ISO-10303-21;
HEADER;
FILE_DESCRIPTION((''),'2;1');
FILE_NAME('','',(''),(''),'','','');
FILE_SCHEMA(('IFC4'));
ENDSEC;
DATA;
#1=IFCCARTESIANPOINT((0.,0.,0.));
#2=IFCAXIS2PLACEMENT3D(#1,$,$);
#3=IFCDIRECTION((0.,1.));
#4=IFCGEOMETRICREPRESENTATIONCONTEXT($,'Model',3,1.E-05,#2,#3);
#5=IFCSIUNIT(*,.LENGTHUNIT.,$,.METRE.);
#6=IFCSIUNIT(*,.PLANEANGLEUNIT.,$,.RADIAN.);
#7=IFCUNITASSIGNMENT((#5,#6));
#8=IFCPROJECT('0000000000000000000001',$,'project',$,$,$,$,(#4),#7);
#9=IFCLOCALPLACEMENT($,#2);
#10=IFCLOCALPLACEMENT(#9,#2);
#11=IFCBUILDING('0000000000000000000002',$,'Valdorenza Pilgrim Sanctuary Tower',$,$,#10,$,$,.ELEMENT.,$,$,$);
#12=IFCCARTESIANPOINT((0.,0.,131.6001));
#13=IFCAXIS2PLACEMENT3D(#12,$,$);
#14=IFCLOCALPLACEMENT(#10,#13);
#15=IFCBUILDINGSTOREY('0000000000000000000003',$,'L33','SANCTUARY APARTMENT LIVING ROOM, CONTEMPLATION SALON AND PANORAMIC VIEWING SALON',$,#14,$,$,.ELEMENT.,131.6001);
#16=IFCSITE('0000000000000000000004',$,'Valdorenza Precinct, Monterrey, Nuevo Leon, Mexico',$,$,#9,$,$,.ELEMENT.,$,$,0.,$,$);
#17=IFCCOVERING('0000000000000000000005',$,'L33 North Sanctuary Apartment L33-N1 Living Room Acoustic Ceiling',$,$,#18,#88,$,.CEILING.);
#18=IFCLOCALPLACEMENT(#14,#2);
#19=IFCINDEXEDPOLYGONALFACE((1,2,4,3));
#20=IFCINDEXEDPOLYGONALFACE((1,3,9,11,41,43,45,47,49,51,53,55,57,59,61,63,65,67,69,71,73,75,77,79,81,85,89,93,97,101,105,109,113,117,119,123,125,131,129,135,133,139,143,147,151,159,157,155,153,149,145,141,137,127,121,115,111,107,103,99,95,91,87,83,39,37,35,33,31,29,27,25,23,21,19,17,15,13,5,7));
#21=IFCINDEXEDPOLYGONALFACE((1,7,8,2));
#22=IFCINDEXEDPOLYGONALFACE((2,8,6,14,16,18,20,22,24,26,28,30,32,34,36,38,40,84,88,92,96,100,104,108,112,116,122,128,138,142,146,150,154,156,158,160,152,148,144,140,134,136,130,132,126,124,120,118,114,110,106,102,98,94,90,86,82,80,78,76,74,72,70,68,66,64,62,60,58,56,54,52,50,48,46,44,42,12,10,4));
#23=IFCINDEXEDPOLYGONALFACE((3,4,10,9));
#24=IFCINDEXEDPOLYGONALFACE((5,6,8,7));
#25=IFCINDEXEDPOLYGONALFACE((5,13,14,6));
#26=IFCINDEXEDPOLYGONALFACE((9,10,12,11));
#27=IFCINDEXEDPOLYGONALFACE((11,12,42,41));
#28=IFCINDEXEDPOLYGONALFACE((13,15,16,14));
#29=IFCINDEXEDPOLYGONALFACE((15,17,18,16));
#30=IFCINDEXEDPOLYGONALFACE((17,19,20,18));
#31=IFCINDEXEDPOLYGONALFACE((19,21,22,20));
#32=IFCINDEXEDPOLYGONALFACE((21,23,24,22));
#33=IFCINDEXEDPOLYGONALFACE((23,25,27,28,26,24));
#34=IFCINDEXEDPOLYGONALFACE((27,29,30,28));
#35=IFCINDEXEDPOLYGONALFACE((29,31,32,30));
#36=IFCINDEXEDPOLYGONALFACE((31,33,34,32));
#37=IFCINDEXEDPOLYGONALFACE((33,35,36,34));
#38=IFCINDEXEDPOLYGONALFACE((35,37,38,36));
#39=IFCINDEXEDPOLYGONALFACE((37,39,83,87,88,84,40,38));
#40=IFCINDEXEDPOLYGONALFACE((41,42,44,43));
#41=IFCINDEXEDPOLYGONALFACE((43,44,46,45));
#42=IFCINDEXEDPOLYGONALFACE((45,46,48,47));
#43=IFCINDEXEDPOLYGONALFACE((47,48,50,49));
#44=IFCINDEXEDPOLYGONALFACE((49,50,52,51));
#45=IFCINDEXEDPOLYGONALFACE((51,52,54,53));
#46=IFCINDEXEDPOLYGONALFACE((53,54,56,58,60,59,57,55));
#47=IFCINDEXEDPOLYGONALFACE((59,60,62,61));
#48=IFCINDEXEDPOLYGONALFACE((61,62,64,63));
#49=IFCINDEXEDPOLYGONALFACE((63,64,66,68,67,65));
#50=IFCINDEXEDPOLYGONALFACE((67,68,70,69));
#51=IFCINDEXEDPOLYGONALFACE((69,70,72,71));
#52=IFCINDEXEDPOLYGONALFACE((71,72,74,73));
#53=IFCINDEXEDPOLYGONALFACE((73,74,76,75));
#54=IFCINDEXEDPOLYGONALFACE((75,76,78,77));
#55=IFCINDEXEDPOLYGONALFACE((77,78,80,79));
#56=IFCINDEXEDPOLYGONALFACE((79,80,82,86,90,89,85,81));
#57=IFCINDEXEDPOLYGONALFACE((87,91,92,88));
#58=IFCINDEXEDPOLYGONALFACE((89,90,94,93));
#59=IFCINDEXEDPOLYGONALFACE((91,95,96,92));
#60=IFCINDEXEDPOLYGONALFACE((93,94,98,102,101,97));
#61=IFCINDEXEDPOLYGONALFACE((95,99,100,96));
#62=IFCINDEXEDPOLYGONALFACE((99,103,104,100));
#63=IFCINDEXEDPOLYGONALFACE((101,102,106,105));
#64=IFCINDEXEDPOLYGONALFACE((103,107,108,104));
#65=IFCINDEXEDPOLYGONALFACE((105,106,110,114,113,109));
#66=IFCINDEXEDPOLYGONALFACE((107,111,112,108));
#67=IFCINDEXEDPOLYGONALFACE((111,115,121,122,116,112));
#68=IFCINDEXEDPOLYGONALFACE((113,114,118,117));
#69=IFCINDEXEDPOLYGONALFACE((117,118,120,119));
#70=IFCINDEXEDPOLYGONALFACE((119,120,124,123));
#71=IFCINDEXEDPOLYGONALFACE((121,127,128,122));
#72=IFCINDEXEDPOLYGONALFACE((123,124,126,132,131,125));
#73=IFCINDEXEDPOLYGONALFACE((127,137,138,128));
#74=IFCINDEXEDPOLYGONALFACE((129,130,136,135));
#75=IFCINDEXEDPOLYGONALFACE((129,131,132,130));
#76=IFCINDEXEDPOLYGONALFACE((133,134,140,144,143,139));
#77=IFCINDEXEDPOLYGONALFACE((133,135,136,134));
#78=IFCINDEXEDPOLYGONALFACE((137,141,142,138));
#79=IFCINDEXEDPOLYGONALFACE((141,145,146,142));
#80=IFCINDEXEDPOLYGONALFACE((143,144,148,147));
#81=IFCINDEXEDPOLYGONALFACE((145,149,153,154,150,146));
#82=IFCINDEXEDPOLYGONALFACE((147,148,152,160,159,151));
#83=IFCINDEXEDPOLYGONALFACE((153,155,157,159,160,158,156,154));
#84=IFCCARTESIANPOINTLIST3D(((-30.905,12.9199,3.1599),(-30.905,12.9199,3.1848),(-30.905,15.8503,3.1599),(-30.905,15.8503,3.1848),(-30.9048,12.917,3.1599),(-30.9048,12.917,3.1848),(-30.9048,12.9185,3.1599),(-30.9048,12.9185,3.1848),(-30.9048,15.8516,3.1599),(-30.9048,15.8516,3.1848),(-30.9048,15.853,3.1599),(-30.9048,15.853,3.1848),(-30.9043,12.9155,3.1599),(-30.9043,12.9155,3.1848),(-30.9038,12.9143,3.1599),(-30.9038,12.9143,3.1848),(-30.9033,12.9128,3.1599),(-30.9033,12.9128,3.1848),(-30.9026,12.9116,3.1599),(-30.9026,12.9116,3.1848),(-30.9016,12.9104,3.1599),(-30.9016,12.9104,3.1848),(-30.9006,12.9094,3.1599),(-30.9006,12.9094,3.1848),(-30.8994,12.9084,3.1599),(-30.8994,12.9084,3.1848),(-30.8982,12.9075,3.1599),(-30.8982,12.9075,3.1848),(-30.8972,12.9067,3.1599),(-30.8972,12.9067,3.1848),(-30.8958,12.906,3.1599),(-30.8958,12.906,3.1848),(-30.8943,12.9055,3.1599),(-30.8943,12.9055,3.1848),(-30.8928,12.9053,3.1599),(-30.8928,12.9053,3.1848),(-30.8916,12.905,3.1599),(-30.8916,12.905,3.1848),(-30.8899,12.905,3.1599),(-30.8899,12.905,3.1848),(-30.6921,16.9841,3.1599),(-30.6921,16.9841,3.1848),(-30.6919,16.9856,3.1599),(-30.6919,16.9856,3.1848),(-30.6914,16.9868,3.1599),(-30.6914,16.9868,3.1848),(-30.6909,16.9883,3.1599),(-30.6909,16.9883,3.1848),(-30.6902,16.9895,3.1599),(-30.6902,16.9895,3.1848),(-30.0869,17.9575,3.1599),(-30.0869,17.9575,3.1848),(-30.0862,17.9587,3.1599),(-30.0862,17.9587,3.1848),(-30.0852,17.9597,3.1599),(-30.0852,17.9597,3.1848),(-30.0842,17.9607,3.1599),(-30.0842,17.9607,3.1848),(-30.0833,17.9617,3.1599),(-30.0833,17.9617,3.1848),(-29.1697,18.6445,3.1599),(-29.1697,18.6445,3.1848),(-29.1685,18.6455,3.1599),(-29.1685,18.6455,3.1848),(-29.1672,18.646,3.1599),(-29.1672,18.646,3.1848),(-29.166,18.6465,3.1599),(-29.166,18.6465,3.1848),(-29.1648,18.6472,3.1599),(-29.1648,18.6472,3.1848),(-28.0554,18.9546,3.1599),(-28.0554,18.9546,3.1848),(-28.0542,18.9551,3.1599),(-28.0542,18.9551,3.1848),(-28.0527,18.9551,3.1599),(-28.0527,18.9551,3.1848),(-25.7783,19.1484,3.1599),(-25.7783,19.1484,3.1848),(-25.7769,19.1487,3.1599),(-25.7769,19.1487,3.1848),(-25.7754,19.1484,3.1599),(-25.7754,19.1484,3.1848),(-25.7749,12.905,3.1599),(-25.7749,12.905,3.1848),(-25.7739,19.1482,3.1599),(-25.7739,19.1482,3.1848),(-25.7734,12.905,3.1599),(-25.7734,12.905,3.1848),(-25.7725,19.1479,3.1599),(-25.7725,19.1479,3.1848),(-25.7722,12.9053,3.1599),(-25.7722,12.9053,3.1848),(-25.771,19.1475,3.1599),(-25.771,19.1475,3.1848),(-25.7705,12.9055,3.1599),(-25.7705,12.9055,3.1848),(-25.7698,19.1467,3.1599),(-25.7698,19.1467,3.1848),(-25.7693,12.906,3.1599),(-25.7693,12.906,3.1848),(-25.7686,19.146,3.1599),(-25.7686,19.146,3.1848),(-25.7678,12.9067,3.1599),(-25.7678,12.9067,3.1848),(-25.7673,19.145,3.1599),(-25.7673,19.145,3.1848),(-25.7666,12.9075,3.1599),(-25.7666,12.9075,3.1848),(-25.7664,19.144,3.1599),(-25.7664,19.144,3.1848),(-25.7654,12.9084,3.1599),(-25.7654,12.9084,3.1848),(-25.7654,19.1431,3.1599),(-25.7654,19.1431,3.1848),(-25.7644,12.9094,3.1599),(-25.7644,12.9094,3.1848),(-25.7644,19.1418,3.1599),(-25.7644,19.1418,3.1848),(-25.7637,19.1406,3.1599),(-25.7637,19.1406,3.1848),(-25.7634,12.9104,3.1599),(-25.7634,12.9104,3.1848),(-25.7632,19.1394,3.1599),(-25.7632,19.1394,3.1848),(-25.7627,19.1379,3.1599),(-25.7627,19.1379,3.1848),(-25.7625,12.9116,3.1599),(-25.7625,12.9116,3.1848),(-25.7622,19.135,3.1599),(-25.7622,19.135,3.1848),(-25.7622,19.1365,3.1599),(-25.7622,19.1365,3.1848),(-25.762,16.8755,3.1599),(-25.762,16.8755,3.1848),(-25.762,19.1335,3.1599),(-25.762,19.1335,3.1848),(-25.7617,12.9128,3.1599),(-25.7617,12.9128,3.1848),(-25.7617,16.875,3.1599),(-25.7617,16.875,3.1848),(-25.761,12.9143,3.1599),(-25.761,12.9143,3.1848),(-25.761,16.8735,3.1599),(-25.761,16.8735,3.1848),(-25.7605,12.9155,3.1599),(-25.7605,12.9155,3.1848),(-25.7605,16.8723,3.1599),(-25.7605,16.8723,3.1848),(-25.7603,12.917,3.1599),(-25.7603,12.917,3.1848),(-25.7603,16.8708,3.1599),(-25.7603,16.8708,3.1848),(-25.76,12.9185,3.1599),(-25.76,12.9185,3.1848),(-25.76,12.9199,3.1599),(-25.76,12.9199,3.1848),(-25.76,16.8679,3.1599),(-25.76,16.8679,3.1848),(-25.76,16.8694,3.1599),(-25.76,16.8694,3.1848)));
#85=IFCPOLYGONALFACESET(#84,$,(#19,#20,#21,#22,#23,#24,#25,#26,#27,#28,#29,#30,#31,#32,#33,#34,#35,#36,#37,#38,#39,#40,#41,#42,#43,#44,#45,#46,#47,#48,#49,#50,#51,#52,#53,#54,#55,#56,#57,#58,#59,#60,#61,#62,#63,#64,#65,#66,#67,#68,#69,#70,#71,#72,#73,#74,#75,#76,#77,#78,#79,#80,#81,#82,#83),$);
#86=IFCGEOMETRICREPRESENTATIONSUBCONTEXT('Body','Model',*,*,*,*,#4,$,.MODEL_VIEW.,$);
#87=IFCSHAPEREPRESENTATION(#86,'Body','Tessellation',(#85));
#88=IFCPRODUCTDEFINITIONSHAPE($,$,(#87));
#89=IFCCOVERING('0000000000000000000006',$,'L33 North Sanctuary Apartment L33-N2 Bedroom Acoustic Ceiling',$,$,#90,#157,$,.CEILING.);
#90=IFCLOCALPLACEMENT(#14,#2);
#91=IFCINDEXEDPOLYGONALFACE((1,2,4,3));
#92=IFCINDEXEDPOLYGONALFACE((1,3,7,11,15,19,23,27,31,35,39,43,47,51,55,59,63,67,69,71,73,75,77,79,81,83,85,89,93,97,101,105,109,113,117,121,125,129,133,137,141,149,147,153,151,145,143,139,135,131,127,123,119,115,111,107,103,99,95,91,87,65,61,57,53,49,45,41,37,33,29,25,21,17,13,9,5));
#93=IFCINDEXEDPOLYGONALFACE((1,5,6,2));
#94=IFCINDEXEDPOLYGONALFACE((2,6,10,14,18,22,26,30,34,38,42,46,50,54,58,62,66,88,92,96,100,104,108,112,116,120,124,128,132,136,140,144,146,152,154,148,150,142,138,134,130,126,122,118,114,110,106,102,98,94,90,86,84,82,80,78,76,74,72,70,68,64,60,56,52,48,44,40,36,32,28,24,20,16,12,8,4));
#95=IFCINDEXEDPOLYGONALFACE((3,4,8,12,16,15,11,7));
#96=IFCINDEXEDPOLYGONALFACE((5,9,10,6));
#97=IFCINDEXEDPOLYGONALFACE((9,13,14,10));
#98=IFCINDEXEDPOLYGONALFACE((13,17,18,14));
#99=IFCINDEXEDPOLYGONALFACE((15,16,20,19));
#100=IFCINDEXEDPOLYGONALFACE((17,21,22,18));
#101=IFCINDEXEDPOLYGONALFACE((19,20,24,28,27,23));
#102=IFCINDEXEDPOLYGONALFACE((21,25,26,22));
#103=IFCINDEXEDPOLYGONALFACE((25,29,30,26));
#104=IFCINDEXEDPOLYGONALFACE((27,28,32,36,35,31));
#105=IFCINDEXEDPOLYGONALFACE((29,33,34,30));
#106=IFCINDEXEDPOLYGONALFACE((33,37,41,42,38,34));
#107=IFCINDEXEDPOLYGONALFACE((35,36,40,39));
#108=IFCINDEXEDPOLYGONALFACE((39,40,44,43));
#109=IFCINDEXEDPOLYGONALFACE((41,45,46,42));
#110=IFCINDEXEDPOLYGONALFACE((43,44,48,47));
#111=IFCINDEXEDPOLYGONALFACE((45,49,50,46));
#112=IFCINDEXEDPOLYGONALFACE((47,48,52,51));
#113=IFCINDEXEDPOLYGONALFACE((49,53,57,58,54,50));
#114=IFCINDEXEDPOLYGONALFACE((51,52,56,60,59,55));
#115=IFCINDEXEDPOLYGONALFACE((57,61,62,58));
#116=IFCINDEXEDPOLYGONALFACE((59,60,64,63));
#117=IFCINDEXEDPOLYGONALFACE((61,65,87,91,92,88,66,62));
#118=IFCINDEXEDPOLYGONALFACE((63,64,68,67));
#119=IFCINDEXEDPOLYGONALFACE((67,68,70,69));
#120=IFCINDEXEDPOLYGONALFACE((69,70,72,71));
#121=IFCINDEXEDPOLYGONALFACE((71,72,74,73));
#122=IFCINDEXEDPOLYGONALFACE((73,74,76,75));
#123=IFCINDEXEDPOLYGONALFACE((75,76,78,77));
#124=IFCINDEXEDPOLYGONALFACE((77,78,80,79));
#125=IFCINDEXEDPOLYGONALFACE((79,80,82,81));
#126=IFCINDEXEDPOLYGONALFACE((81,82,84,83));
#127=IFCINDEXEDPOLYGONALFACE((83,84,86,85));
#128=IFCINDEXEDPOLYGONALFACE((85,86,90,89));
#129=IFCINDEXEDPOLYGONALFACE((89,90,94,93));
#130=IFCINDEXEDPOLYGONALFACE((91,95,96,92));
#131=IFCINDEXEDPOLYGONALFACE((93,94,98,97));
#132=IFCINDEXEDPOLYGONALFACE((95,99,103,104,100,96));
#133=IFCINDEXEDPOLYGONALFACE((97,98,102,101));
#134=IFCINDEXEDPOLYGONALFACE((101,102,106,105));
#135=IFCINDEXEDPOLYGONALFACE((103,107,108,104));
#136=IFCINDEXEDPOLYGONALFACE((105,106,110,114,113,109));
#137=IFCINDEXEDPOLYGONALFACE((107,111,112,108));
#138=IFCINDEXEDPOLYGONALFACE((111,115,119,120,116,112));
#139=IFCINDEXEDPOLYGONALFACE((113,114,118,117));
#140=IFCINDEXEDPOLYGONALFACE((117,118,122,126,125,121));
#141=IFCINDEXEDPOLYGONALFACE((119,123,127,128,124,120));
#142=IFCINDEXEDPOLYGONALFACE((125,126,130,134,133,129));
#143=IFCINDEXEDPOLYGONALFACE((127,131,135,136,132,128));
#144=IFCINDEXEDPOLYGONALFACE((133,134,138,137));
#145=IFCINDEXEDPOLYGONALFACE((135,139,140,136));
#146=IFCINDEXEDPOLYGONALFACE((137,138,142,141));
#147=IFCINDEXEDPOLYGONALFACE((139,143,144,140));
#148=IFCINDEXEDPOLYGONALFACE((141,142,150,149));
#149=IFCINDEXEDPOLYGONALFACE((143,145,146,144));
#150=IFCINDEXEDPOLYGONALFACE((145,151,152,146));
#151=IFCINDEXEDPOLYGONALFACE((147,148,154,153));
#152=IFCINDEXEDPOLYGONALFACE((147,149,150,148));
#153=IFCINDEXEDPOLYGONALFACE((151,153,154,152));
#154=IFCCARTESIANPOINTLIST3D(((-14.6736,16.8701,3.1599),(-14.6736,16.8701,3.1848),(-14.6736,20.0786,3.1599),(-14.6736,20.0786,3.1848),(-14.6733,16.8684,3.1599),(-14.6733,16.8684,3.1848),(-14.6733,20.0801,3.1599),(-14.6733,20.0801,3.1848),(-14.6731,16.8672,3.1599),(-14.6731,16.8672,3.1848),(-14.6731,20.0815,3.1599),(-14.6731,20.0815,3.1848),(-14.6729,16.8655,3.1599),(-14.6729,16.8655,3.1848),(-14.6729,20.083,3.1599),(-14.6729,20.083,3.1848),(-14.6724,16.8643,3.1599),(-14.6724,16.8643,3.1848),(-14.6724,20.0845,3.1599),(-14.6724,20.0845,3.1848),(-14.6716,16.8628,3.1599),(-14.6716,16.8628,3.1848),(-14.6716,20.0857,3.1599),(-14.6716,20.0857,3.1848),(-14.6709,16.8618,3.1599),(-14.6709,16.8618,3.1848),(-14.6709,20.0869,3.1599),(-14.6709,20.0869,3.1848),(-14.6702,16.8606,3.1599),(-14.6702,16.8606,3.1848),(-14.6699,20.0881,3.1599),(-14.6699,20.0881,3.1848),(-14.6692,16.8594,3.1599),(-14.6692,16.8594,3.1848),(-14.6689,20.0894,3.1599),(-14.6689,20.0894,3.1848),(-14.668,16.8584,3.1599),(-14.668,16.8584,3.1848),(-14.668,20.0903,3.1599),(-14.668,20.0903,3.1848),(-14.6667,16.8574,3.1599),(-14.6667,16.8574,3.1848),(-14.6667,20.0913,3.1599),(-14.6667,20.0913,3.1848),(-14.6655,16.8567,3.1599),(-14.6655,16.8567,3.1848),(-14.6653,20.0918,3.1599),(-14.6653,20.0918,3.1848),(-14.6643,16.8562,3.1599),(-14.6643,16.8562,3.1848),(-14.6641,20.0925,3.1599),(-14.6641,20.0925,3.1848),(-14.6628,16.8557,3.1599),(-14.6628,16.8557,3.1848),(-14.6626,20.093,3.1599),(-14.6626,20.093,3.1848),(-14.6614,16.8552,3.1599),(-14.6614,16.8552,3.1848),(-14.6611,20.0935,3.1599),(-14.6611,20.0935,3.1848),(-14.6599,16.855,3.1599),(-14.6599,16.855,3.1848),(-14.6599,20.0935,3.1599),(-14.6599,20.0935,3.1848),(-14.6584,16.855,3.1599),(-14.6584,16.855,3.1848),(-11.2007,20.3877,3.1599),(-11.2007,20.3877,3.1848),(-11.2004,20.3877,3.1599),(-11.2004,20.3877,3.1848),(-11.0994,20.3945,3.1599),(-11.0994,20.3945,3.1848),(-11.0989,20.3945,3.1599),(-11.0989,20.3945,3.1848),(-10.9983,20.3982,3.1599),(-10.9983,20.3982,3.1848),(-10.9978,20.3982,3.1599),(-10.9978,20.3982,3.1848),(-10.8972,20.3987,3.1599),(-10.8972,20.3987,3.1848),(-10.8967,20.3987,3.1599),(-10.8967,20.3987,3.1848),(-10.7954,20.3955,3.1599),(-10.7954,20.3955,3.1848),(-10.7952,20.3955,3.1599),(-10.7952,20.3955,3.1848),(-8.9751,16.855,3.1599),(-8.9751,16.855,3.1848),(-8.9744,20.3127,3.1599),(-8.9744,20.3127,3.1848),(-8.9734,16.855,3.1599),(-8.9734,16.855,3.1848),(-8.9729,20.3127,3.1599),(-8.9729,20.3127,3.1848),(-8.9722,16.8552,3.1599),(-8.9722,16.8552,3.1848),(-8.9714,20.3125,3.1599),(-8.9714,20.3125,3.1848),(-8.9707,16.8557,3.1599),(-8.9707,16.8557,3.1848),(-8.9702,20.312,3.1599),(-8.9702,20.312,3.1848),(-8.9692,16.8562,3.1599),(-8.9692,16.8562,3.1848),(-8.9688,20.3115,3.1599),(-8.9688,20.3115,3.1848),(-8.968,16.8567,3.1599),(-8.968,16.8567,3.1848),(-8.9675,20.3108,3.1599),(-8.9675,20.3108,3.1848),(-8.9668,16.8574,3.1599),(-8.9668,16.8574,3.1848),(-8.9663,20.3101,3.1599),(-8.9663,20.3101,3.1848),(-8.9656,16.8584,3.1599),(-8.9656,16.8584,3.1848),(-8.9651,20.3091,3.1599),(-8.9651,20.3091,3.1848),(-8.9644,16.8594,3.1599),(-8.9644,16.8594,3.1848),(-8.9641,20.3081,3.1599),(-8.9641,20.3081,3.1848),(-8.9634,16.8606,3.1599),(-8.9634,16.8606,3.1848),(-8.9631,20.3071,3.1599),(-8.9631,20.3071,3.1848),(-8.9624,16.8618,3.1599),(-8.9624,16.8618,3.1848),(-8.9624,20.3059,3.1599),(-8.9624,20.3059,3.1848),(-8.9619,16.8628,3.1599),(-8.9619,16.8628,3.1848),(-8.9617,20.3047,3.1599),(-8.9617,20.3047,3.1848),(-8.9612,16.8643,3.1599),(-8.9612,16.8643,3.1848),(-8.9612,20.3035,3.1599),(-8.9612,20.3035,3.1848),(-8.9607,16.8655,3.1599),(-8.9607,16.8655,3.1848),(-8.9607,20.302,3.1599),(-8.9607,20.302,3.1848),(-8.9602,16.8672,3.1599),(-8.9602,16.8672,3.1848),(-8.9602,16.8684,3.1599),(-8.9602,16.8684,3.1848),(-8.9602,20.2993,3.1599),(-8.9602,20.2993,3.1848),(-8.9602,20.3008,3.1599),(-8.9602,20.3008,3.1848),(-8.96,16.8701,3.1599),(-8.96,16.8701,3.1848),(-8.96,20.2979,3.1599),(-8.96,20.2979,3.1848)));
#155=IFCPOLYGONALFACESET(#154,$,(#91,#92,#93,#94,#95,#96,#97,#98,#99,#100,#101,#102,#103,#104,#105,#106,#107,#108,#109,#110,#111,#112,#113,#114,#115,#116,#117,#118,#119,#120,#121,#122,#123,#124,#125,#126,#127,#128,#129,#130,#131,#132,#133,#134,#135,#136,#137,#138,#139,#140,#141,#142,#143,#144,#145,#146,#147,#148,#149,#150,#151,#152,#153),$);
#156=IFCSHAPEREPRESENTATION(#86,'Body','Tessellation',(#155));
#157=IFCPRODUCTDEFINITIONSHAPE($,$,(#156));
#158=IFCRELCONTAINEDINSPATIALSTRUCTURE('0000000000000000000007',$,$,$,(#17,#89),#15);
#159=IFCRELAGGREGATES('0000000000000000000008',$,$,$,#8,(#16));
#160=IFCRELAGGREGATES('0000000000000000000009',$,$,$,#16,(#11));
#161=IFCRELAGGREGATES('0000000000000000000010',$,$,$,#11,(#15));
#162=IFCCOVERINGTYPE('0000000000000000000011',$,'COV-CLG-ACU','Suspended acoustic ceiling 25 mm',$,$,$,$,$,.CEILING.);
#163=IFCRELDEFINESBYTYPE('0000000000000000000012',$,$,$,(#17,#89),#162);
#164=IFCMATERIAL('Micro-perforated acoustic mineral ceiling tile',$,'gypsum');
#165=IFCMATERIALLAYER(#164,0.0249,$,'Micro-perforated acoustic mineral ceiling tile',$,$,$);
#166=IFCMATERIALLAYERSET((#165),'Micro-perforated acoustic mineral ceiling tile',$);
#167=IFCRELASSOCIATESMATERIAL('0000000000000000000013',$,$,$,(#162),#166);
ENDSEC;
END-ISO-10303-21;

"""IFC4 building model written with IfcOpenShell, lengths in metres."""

from ifc_helpers import new_model, si_unit, direction, frame, origin, place, context, subcontext, project, spatial, polyline, outline, extrude, material, layer, layer_set, type_object, element, save


model = new_model("IFC4")

# Units and contexts
model_context = context("Model", 3, precision=1e-05, world=origin(), true_north=direction((0.0, 1.0)))
body_context = subcontext(model_context, "Body", "Model", "MODEL_VIEW")
ifc_project = project(units=[si_unit("LENGTHUNIT", "METRE"), si_unit("PLANEANGLEUNIT", "RADIAN")], contexts=[model_context])

# Site, building, storey
site_placement = place(None, origin())
site = spatial("IfcSite", under=ifc_project, at=site_placement, Name="Valdorenza Precinct, Monterrey, Nuevo Leon, Mexico", CompositionType="ELEMENT", RefElevation=0.0)
building_placement = place(site_placement, origin())
building = spatial("IfcBuilding", under=site, at=building_placement, Name="Valdorenza Pilgrim Sanctuary Tower", CompositionType="ELEMENT")
storey_placement = place(building_placement, frame((0.0, 0.0, 131.6001)))
storey = spatial("IfcBuildingStorey", under=building, at=storey_placement, Name="L33", Description="SANCTUARY APARTMENT LIVING ROOM, CONTEMPLATION SALON AND PANORAMIC VIEWING SALON", CompositionType="ELEMENT", Elevation=131.6001)

# Coverings
ifc_material_1 = material(Name="Micro-perforated acoustic mineral ceiling tile", Category="gypsum")
ifc_layer_1 = layer(ifc_material_1, 0.0249, Name="Micro-perforated acoustic mineral ceiling tile")
ifc_layer_set_1 = layer_set([ifc_layer_1], Name="Micro-perforated acoustic mineral ceiling tile")
covering_type_1 = type_object("IfcCoveringType", Name="COV-CLG-ACU", Description="Suspended acoustic ceiling 25 mm", PredefinedType="CEILING", material=ifc_layer_set_1)
covering_1_placement = place(storey_placement, frame((0.0, 0.0, 3.1599)))
element("IfcCovering", 1, at=covering_1_placement, inside=storey, type_object=covering_type_1, Name="L33 North Sanctuary Apartment L33-N1 Living Room Acoustic Ceiling", PredefinedType="CEILING", context=body_context, shape_type="SweptSolid", body=[
    extrude(outline(polyline([(-30.8899, 12.905), (-30.8916, 12.905), (-30.8928, 12.9053), (-30.8943, 12.9055), (-30.8958, 12.906), (-30.8972, 12.9067), (-30.8982, 12.9075), (-30.8994, 12.9084), (-30.9006, 12.9094), (-30.9016, 12.9104), (-30.9026, 12.9116), (-30.9033, 12.9128), (-30.9038, 12.9143), (-30.9043, 12.9155), (-30.9048, 12.917), (-30.9048, 12.9185), (-30.905, 12.9199), (-30.905, 15.8503), (-30.9048, 15.8516), (-30.9048, 15.853), (-30.6921, 16.9841), (-30.6919, 16.9856), (-30.6914, 16.9868), (-30.6909, 16.9883), (-30.6902, 16.9895), (-30.0869, 17.9575), (-30.0862, 17.9587), (-30.0852, 17.9597), (-30.0842, 17.9607), (-30.0833, 17.9617), (-29.1697, 18.6445), (-29.1685, 18.6455), (-29.1672, 18.646), (-29.166, 18.6465), (-29.1648, 18.6472), (-28.0554, 18.9546), (-28.0542, 18.9551), (-28.0527, 18.9551), (-25.7783, 19.1484), (-25.7769, 19.1487), (-25.7754, 19.1484), (-25.7739, 19.1482), (-25.7725, 19.1479), (-25.771, 19.1475), (-25.7698, 19.1467), (-25.7686, 19.146), (-25.7673, 19.145), (-25.7664, 19.144), (-25.7654, 19.1431), (-25.7644, 19.1418), (-25.7637, 19.1406), (-25.7632, 19.1394), (-25.7627, 19.1379), (-25.7622, 19.1365), (-25.7622, 19.135), (-25.762, 19.1335), (-25.762, 16.8755), (-25.7617, 16.875), (-25.761, 16.8735), (-25.7605, 16.8723), (-25.7603, 16.8708), (-25.76, 16.8694), (-25.76, 16.8679), (-25.76, 12.9199), (-25.76, 12.9185), (-25.7603, 12.917), (-25.7605, 12.9155), (-25.761, 12.9143), (-25.7617, 12.9128), (-25.7625, 12.9116), (-25.7634, 12.9104), (-25.7644, 12.9094), (-25.7654, 12.9084), (-25.7666, 12.9075), (-25.7678, 12.9067), (-25.7693, 12.906), (-25.7705, 12.9055), (-25.7722, 12.9053), (-25.7734, 12.905), (-25.7749, 12.905), (-30.8899, 12.905)])), origin(), (0.0, 0.0, 1.0), 0.0249),
])
covering_2_placement = place(storey_placement, frame((0.0, 0.0, 3.1599)))
element("IfcCovering", 2, at=covering_2_placement, inside=storey, type_object=covering_type_1, Name="L33 North Sanctuary Apartment L33-N2 Bedroom Acoustic Ceiling", PredefinedType="CEILING", context=body_context, shape_type="SweptSolid", body=[
    extrude(outline(polyline([(-14.6584, 16.855), (-14.6599, 16.855), (-14.6614, 16.8552), (-14.6628, 16.8557), (-14.6643, 16.8562), (-14.6655, 16.8567), (-14.6667, 16.8574), (-14.668, 16.8584), (-14.6692, 16.8594), (-14.6702, 16.8606), (-14.6709, 16.8618), (-14.6716, 16.8628), (-14.6724, 16.8643), (-14.6729, 16.8655), (-14.6731, 16.8672), (-14.6733, 16.8684), (-14.6736, 16.8701), (-14.6736, 20.0786), (-14.6733, 20.0801), (-14.6731, 20.0815), (-14.6729, 20.083), (-14.6724, 20.0845), (-14.6716, 20.0857), (-14.6709, 20.0869), (-14.6699, 20.0881), (-14.6689, 20.0894), (-14.668, 20.0903), (-14.6667, 20.0913), (-14.6653, 20.0918), (-14.6641, 20.0925), (-14.6626, 20.093), (-14.6611, 20.0935), (-14.6599, 20.0935), (-11.2007, 20.3877), (-11.2004, 20.3877), (-11.0994, 20.3945), (-11.0989, 20.3945), (-10.9983, 20.3982), (-10.9978, 20.3982), (-10.8972, 20.3987), (-10.8967, 20.3987), (-10.7954, 20.3955), (-10.7952, 20.3955), (-8.9744, 20.3127), (-8.9729, 20.3127), (-8.9714, 20.3125), (-8.9702, 20.312), (-8.9688, 20.3115), (-8.9675, 20.3108), (-8.9663, 20.3101), (-8.9651, 20.3091), (-8.9641, 20.3081), (-8.9631, 20.3071), (-8.9624, 20.3059), (-8.9617, 20.3047), (-8.9612, 20.3035), (-8.9607, 20.302), (-8.9602, 20.3008), (-8.9602, 20.2993), (-8.96, 20.2979), (-8.96, 16.8701), (-8.9602, 16.8684), (-8.9602, 16.8672), (-8.9607, 16.8655), (-8.9612, 16.8643), (-8.9619, 16.8628), (-8.9624, 16.8618), (-8.9634, 16.8606), (-8.9644, 16.8594), (-8.9656, 16.8584), (-8.9668, 16.8574), (-8.968, 16.8567), (-8.9692, 16.8562), (-8.9707, 16.8557), (-8.9722, 16.8552), (-8.9734, 16.855), (-8.9751, 16.855), (-14.6584, 16.855)])), origin(), (0.0, 0.0, 1.0), 0.0249),
])

save(model, "model.ifc")
